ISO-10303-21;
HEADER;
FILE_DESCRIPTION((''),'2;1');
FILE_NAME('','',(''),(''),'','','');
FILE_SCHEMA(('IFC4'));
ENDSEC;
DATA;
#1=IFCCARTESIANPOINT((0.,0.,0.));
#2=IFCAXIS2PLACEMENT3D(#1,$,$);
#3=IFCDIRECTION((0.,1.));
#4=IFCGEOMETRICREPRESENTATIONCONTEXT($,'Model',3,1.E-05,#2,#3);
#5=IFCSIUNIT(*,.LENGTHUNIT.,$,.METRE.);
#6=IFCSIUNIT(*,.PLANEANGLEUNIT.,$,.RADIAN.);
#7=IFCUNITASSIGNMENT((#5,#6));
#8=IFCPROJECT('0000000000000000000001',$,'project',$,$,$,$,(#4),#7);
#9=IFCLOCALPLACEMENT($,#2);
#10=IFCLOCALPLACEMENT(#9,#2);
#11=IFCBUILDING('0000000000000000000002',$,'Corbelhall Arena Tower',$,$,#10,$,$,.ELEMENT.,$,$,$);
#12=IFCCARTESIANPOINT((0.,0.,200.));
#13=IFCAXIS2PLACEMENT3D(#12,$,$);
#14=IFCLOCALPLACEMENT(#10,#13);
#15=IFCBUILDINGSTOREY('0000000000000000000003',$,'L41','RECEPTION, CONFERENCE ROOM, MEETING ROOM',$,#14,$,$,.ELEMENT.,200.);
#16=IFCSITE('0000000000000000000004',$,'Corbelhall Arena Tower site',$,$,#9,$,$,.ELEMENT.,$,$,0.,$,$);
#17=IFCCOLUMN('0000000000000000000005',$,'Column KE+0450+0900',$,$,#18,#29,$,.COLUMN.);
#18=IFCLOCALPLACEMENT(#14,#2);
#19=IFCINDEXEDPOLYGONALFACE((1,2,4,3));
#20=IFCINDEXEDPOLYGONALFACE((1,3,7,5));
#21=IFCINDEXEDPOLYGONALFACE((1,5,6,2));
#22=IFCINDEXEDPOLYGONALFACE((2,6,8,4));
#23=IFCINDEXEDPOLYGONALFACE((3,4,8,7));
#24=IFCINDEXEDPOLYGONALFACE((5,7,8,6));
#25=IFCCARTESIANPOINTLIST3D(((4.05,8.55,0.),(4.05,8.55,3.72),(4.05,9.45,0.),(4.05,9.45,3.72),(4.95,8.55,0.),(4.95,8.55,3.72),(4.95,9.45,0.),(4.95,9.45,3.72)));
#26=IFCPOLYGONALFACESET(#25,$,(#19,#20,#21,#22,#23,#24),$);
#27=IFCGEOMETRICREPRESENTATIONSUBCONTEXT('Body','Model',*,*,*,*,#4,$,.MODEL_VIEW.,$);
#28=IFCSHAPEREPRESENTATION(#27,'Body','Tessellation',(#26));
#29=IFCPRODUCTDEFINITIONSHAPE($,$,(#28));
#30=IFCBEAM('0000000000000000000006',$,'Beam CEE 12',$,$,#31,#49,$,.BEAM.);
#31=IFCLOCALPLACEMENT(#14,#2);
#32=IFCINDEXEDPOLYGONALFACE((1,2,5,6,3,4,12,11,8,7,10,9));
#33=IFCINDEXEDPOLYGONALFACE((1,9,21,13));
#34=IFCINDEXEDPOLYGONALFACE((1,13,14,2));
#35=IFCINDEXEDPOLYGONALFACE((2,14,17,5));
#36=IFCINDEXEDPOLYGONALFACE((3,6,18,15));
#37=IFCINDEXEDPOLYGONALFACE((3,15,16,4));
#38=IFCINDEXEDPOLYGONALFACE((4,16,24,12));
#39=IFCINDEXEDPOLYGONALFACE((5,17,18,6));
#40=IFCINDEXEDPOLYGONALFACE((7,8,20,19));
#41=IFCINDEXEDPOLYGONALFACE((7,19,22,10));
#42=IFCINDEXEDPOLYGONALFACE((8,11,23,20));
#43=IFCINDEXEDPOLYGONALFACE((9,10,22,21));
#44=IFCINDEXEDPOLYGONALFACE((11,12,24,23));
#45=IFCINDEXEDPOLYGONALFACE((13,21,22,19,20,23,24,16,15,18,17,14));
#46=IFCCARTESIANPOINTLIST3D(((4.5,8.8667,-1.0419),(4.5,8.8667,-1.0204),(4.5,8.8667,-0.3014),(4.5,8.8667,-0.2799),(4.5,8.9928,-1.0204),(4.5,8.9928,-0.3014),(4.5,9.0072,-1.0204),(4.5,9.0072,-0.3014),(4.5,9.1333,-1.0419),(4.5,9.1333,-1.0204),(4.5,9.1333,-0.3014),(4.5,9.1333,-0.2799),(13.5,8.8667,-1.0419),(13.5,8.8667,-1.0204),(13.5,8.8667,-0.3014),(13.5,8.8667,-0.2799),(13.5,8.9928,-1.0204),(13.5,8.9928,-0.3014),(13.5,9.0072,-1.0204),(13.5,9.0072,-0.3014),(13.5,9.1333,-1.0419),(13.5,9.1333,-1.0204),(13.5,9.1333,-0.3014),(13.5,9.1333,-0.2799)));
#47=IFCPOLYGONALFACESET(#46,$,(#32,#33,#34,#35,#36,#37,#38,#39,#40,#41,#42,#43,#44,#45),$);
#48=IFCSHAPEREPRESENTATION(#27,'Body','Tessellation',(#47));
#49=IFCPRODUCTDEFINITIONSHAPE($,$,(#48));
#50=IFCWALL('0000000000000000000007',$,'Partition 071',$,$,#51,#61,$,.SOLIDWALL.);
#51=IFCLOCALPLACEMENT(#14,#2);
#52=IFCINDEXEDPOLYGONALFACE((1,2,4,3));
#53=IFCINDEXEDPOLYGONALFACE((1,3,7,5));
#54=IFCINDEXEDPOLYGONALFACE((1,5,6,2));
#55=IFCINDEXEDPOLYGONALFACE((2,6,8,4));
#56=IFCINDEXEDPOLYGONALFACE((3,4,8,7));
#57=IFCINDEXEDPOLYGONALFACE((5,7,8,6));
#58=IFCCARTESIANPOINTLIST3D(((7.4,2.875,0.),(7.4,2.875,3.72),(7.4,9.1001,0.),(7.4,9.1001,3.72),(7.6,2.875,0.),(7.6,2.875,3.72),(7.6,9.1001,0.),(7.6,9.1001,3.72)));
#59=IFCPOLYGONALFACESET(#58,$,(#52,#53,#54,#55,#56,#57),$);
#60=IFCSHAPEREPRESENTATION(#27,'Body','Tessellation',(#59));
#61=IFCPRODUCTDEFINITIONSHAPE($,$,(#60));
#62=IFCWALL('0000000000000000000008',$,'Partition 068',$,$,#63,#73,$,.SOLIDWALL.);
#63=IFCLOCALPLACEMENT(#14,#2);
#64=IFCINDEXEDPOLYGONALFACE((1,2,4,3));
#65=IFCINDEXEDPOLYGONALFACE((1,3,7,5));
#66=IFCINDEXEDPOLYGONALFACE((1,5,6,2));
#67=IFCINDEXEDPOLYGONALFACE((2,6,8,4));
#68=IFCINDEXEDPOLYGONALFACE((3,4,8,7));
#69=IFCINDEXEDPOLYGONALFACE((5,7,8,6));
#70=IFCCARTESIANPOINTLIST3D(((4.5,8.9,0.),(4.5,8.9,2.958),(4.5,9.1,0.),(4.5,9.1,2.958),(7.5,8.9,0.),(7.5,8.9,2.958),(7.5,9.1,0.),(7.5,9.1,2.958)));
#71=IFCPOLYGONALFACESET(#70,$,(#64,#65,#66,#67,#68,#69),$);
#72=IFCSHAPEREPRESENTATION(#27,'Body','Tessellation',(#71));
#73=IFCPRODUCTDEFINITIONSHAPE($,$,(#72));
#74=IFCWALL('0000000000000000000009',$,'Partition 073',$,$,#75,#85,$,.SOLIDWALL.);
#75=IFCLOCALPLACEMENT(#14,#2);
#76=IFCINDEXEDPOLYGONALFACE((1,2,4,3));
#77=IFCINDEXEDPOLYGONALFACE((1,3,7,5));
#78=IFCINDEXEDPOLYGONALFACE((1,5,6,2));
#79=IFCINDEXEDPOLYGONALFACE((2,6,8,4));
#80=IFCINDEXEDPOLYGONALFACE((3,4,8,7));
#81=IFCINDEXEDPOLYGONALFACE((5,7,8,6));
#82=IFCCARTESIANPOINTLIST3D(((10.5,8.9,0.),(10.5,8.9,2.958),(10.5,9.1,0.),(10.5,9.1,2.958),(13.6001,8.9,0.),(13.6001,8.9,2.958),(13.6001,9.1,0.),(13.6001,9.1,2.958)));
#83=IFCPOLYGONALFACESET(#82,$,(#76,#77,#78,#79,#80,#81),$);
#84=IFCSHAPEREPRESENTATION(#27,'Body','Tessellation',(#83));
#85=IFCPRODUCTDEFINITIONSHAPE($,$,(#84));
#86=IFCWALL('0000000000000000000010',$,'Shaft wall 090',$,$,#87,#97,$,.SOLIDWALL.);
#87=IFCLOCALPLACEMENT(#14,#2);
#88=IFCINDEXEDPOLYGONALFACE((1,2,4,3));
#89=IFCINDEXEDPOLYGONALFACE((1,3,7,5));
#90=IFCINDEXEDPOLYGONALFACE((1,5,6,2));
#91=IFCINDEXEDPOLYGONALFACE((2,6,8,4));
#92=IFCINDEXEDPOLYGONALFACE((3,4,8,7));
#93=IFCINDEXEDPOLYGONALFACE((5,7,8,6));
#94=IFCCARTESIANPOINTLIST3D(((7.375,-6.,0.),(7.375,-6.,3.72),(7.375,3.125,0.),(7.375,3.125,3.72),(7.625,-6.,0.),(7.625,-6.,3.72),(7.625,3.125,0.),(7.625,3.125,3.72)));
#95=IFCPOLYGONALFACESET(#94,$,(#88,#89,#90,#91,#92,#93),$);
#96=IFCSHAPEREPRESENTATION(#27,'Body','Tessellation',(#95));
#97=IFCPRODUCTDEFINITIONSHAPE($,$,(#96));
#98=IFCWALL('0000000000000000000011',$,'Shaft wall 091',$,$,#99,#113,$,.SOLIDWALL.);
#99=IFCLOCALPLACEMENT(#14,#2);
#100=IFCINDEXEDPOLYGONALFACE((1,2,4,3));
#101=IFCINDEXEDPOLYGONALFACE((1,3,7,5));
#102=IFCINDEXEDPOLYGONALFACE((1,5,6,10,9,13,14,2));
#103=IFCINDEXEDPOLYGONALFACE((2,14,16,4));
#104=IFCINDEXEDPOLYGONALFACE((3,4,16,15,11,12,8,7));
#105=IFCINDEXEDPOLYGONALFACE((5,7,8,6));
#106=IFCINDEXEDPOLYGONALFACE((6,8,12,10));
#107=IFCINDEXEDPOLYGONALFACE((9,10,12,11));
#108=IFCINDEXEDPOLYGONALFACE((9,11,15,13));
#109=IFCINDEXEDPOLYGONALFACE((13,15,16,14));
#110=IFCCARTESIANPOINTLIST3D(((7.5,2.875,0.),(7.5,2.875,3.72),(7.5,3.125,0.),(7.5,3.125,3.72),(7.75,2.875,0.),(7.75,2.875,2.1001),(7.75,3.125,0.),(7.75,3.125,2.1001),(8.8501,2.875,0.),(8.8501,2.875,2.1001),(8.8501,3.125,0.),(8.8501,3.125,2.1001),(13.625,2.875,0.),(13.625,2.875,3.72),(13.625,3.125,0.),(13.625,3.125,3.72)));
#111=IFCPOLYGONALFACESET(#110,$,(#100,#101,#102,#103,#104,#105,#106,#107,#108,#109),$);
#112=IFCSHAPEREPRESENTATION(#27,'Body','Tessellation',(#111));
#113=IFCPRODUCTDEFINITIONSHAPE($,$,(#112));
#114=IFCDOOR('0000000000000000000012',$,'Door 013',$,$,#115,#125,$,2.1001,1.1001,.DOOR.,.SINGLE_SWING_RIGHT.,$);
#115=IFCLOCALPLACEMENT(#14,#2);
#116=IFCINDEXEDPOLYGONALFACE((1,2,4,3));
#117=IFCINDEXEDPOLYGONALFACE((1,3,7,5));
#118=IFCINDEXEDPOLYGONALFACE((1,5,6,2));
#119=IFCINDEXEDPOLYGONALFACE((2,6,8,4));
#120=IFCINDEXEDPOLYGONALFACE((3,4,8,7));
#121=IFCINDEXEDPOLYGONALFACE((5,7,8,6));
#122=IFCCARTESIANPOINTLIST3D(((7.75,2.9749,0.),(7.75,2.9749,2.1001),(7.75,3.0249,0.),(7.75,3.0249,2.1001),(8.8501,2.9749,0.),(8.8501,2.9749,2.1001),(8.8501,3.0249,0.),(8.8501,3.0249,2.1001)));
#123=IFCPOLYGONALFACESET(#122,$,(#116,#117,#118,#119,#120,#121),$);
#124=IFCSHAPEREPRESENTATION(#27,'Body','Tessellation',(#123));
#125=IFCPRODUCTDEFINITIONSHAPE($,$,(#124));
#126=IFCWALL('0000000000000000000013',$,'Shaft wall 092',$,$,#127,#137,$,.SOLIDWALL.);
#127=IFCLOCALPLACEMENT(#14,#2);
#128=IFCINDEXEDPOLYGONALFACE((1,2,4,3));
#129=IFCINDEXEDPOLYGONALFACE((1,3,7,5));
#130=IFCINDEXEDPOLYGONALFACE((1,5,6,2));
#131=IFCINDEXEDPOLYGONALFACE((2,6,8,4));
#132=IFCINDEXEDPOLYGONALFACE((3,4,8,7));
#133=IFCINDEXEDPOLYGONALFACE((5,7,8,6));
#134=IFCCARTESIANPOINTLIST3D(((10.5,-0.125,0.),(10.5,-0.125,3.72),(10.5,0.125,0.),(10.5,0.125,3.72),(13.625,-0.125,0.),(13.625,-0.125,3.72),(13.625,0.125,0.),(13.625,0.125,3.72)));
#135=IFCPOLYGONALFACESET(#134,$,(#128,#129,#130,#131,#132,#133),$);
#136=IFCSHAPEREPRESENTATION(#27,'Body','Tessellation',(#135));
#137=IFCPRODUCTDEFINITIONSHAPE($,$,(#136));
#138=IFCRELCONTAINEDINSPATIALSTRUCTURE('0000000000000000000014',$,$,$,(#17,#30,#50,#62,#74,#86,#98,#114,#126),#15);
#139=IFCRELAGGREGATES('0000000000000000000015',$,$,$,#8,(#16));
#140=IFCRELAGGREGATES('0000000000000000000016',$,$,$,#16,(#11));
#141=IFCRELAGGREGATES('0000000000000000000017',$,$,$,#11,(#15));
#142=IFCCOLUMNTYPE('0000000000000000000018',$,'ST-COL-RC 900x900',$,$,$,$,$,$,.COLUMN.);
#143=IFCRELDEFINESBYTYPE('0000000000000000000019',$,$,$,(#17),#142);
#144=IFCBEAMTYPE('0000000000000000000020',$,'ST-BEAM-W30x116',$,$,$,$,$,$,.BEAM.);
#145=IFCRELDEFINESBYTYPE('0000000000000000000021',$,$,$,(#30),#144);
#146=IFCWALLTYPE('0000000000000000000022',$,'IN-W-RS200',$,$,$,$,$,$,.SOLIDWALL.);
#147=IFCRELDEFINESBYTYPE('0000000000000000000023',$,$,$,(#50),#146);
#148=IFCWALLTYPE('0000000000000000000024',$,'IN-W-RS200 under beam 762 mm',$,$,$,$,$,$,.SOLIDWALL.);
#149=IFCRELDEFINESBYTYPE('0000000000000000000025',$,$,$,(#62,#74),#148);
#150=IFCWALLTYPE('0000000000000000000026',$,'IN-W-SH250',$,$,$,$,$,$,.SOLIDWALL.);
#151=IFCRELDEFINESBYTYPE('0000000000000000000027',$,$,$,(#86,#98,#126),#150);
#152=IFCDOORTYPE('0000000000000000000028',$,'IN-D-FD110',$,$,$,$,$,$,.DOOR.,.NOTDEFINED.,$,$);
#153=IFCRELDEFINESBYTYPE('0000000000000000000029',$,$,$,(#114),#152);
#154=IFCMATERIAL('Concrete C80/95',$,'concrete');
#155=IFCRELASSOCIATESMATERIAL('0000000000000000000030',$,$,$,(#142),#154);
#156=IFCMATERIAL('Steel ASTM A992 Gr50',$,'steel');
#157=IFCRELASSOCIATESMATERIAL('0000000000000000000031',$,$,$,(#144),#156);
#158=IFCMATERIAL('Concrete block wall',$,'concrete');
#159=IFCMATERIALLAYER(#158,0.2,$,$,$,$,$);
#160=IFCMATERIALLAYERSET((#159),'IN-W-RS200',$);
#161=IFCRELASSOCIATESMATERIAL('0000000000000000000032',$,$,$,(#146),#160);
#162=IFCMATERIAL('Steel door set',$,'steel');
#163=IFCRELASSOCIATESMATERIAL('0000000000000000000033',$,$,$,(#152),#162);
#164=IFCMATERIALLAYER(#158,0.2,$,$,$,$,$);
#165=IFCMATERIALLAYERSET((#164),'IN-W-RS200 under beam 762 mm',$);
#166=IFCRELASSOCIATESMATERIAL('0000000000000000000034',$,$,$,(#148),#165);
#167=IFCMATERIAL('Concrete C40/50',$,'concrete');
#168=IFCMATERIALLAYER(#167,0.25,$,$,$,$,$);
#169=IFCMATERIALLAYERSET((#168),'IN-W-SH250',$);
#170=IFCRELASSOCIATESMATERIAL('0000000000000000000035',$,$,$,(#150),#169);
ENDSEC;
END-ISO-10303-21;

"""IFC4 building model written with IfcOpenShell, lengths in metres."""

from ifc_helpers import new_model, si_unit, direction, frame, frame_2d, origin, origin_2d, place, context, subcontext, project, spatial, rectangle, i_section, extrude, material, layer, layer_set, material_profile, profile_set, type_object, element, fill, save


model = new_model("IFC4")

# Units and contexts
model_context = context("Model", 3, precision=1e-05, world=origin(), true_north=direction((0.0, 1.0)))
body_context = subcontext(model_context, "Body", "Model", "MODEL_VIEW")
ifc_project = project(units=[si_unit("LENGTHUNIT", "METRE"), si_unit("PLANEANGLEUNIT", "RADIAN")], contexts=[model_context])

# Site, building, storey
site_placement = place(None, origin())
site = spatial("IfcSite", under=ifc_project, at=site_placement, Name="Corbelhall Arena Tower site", CompositionType="ELEMENT", RefElevation=0.0)
building_placement = place(site_placement, origin())
building = spatial("IfcBuilding", under=site, at=building_placement, Name="Corbelhall Arena Tower", CompositionType="ELEMENT")
storey_placement = place(building_placement, frame((0.0, 0.0, 200.0)))
storey = spatial("IfcBuildingStorey", under=building, at=storey_placement, Name="L41", Description="RECEPTION, CONFERENCE ROOM, MEETING ROOM", CompositionType="ELEMENT", Elevation=200.0)

# Column
ifc_material_1 = material(Name="Concrete C80/95", Category="concrete")
ifc_material_profile_1 = material_profile(ifc_material_1, rectangle(XDim=0.8999, YDim=0.8999, at=origin_2d()))
ifc_profile_set_1 = profile_set([ifc_material_profile_1], Name="Concrete C80/95")
column_type = type_object("IfcColumnType", Name="ST-COL-RC 900x900", PredefinedType="COLUMN", material=ifc_profile_set_1)
column_placement = place(storey_placement, frame((4.5, 9.0, 0.0), z_axis=(0.0, 0.0, 1.0), x_axis=(1.0, 0.0, 0.0)))
element("IfcColumn", 1, at=column_placement, inside=storey, type_object=column_type, Name="Column KE+0450+0900", PredefinedType="COLUMN", context=body_context, shape_type="SweptSolid", body=[
    extrude(rectangle(XDim=0.8999, YDim=0.8999, at=origin_2d()), origin(), (0.0, 0.0, 1.0), 3.72),
])

# Beam
ifc_material_2 = material(Name="Steel ASTM A992 Gr50", Category="steel")
ifc_material_profile_2 = material_profile(ifc_material_2, i_section(OverallWidth=0.2666, OverallDepth=0.762, WebThickness=0.0144, FlangeThickness=0.0215, at=origin_2d()))
ifc_profile_set_2 = profile_set([ifc_material_profile_2], Name="Steel ASTM A992 Gr50")
beam_type = type_object("IfcBeamType", Name="ST-BEAM-W30x116", PredefinedType="BEAM", material=ifc_profile_set_2)
beam_placement = place(storey_placement, frame((4.5, 9.0, -0.6609), z_axis=(1.0, 0.0, 0.0), x_axis=(0.0, 1.0, 0.0)))
element("IfcBeam", 2, at=beam_placement, inside=storey, type_object=beam_type, Name="Beam CEE 12", PredefinedType="BEAM", context=body_context, shape_type="SweptSolid", body=[
    extrude(i_section(OverallWidth=0.2666, OverallDepth=0.762, WebThickness=0.0144, FlangeThickness=0.0215, at=origin_2d()), origin(), (0.0, 0.0, 1.0), 9.0),
])

# Wall
ifc_material_3 = material(Name="Concrete block wall", Category="concrete")
ifc_layer_1 = layer(ifc_material_3, 0.2)
ifc_layer_set_1 = layer_set([ifc_layer_1], Name="IN-W-RS200")
wall_type_1 = type_object("IfcWallType", Name="IN-W-RS200", PredefinedType="SOLIDWALL", material=ifc_layer_set_1)
wall_1_placement = place(storey_placement, frame((7.5, 9.1001, 0.0), z_axis=(0.0, 0.0, 1.0), x_axis=(0.0, -1.0, 0.0)))
element("IfcWall", 3, at=wall_1_placement, inside=storey, type_object=wall_type_1, Name="Partition 071", PredefinedType="SOLIDWALL", context=body_context, shape_type="SweptSolid", body=[
    extrude(rectangle(XDim=6.2251, YDim=0.2, at=frame_2d((3.1125, 0.0))), origin(), (0.0, 0.0, 1.0), 3.72),
])

# Shared definitions
ifc_material_4 = material(Name="Steel door set", Category="steel")
door_type_1 = type_object("IfcDoorType", Name="IN-D-FD110", OperationType="NOTDEFINED", PredefinedType="DOOR", material=ifc_material_4)

# Walls
ifc_layer_2 = layer(ifc_material_3, 0.2)
ifc_layer_set_2 = layer_set([ifc_layer_2], Name="IN-W-RS200 under beam 762 mm")
wall_type_2 = type_object("IfcWallType", Name="IN-W-RS200 under beam 762 mm", PredefinedType="SOLIDWALL", material=ifc_layer_set_2)
wall_2_placement = place(storey_placement, frame((4.5, 9.0, 0.0), z_axis=(0.0, 0.0, 1.0), x_axis=(1.0, 0.0, 0.0)))
element("IfcWall", 4, at=wall_2_placement, inside=storey, type_object=wall_type_2, Name="Partition 068", PredefinedType="SOLIDWALL", context=body_context, shape_type="SweptSolid", body=[
    extrude(rectangle(XDim=3.0, YDim=0.2, at=frame_2d((1.5, 0.0))), origin(), (0.0, 0.0, 1.0), 2.958),
])
wall_3_placement = place(storey_placement, frame((10.5, 9.0, 0.0), z_axis=(0.0, 0.0, 1.0), x_axis=(1.0, 0.0, 0.0)))
element("IfcWall", 5, at=wall_3_placement, inside=storey, type_object=wall_type_2, Name="Partition 073", PredefinedType="SOLIDWALL", context=body_context, shape_type="SweptSolid", body=[
    extrude(rectangle(XDim=3.1001, YDim=0.2, at=frame_2d((1.55, 0.0))), origin(), (0.0, 0.0, 1.0), 2.958),
])
ifc_material_5 = material(Name="Concrete C40/50", Category="concrete")
ifc_layer_3 = layer(ifc_material_5, 0.25)
ifc_layer_set_3 = layer_set([ifc_layer_3], Name="IN-W-SH250")
wall_type_3 = type_object("IfcWallType", Name="IN-W-SH250", PredefinedType="SOLIDWALL", material=ifc_layer_set_3)
wall_4_placement = place(storey_placement, frame((7.5, 3.125, 0.0), z_axis=(0.0, 0.0, 1.0), x_axis=(0.0, -1.0, 0.0)))
element("IfcWall", 6, at=wall_4_placement, inside=storey, type_object=wall_type_3, Name="Shaft wall 090", PredefinedType="SOLIDWALL", context=body_context, shape_type="SweptSolid", body=[
    extrude(rectangle(XDim=9.125, YDim=0.25, at=frame_2d((4.5625, 0.0))), origin(), (0.0, 0.0, 1.0), 3.72),
])

# Wall, opening, door
wall_5_placement = place(storey_placement, frame((7.5, 3.0, 0.0), z_axis=(0.0, 0.0, 1.0), x_axis=(1.0, 0.0, 0.0)))
wall_5 = element("IfcWall", 7, at=wall_5_placement, inside=storey, type_object=wall_type_3, Name="Shaft wall 091", PredefinedType="SOLIDWALL", context=body_context, shape_type="SweptSolid", body=[
    extrude(rectangle(XDim=6.125, YDim=0.25, at=frame_2d((3.0625, 0.0))), origin(), (0.0, 0.0, 1.0), 3.72),
])
opening_1_placement = place(wall_5_placement, frame((0.25, 0.0, 0.0)))
opening_1 = element("IfcOpeningElement", 8, at=opening_1_placement, cuts=wall_5, PredefinedType="OPENING", context=body_context, shape_type="SweptSolid", body=[
    extrude(rectangle(XDim=1.1001, YDim=2.1001, at=frame_2d((0.55, 1.05))), frame((0.0, 0.125, 0.0), z_axis=(0.0, -1.0, 0.0), x_axis=(1.0, 0.0, 0.0)), (0.0, 0.0, 1.0), 0.25),
])
door_1_placement = place(opening_1_placement, origin())
door_1 = element("IfcDoor", 9, at=door_1_placement, inside=storey, type_object=door_type_1, Name="Door 013", OperationType="SINGLE_SWING_RIGHT", OverallHeight=2.1001, OverallWidth=1.1001, PredefinedType="DOOR", context=body_context, shape_type="SweptSolid", body=[
    extrude(rectangle(XDim=1.1001, YDim=2.1001, at=frame_2d((0.55, 1.05))), frame((0.0, 0.0249, 0.0), z_axis=(0.0, -1.0, 0.0), x_axis=(1.0, 0.0, 0.0)), (0.0, 0.0, 1.0), 0.05),
])
fill(opening_1, door_1)

# Wall
wall_6_placement = place(storey_placement, frame((10.5, 0.0, 0.0), z_axis=(0.0, 0.0, 1.0), x_axis=(1.0, 0.0, 0.0)))
element("IfcWall", 10, at=wall_6_placement, inside=storey, type_object=wall_type_3, Name="Shaft wall 092", PredefinedType="SOLIDWALL", context=body_context, shape_type="SweptSolid", body=[
    extrude(rectangle(XDim=3.125, YDim=0.25, at=frame_2d((1.5625, 0.0))), origin(), (0.0, 0.0, 1.0), 3.72),
])

save(model, "model.ifc")
